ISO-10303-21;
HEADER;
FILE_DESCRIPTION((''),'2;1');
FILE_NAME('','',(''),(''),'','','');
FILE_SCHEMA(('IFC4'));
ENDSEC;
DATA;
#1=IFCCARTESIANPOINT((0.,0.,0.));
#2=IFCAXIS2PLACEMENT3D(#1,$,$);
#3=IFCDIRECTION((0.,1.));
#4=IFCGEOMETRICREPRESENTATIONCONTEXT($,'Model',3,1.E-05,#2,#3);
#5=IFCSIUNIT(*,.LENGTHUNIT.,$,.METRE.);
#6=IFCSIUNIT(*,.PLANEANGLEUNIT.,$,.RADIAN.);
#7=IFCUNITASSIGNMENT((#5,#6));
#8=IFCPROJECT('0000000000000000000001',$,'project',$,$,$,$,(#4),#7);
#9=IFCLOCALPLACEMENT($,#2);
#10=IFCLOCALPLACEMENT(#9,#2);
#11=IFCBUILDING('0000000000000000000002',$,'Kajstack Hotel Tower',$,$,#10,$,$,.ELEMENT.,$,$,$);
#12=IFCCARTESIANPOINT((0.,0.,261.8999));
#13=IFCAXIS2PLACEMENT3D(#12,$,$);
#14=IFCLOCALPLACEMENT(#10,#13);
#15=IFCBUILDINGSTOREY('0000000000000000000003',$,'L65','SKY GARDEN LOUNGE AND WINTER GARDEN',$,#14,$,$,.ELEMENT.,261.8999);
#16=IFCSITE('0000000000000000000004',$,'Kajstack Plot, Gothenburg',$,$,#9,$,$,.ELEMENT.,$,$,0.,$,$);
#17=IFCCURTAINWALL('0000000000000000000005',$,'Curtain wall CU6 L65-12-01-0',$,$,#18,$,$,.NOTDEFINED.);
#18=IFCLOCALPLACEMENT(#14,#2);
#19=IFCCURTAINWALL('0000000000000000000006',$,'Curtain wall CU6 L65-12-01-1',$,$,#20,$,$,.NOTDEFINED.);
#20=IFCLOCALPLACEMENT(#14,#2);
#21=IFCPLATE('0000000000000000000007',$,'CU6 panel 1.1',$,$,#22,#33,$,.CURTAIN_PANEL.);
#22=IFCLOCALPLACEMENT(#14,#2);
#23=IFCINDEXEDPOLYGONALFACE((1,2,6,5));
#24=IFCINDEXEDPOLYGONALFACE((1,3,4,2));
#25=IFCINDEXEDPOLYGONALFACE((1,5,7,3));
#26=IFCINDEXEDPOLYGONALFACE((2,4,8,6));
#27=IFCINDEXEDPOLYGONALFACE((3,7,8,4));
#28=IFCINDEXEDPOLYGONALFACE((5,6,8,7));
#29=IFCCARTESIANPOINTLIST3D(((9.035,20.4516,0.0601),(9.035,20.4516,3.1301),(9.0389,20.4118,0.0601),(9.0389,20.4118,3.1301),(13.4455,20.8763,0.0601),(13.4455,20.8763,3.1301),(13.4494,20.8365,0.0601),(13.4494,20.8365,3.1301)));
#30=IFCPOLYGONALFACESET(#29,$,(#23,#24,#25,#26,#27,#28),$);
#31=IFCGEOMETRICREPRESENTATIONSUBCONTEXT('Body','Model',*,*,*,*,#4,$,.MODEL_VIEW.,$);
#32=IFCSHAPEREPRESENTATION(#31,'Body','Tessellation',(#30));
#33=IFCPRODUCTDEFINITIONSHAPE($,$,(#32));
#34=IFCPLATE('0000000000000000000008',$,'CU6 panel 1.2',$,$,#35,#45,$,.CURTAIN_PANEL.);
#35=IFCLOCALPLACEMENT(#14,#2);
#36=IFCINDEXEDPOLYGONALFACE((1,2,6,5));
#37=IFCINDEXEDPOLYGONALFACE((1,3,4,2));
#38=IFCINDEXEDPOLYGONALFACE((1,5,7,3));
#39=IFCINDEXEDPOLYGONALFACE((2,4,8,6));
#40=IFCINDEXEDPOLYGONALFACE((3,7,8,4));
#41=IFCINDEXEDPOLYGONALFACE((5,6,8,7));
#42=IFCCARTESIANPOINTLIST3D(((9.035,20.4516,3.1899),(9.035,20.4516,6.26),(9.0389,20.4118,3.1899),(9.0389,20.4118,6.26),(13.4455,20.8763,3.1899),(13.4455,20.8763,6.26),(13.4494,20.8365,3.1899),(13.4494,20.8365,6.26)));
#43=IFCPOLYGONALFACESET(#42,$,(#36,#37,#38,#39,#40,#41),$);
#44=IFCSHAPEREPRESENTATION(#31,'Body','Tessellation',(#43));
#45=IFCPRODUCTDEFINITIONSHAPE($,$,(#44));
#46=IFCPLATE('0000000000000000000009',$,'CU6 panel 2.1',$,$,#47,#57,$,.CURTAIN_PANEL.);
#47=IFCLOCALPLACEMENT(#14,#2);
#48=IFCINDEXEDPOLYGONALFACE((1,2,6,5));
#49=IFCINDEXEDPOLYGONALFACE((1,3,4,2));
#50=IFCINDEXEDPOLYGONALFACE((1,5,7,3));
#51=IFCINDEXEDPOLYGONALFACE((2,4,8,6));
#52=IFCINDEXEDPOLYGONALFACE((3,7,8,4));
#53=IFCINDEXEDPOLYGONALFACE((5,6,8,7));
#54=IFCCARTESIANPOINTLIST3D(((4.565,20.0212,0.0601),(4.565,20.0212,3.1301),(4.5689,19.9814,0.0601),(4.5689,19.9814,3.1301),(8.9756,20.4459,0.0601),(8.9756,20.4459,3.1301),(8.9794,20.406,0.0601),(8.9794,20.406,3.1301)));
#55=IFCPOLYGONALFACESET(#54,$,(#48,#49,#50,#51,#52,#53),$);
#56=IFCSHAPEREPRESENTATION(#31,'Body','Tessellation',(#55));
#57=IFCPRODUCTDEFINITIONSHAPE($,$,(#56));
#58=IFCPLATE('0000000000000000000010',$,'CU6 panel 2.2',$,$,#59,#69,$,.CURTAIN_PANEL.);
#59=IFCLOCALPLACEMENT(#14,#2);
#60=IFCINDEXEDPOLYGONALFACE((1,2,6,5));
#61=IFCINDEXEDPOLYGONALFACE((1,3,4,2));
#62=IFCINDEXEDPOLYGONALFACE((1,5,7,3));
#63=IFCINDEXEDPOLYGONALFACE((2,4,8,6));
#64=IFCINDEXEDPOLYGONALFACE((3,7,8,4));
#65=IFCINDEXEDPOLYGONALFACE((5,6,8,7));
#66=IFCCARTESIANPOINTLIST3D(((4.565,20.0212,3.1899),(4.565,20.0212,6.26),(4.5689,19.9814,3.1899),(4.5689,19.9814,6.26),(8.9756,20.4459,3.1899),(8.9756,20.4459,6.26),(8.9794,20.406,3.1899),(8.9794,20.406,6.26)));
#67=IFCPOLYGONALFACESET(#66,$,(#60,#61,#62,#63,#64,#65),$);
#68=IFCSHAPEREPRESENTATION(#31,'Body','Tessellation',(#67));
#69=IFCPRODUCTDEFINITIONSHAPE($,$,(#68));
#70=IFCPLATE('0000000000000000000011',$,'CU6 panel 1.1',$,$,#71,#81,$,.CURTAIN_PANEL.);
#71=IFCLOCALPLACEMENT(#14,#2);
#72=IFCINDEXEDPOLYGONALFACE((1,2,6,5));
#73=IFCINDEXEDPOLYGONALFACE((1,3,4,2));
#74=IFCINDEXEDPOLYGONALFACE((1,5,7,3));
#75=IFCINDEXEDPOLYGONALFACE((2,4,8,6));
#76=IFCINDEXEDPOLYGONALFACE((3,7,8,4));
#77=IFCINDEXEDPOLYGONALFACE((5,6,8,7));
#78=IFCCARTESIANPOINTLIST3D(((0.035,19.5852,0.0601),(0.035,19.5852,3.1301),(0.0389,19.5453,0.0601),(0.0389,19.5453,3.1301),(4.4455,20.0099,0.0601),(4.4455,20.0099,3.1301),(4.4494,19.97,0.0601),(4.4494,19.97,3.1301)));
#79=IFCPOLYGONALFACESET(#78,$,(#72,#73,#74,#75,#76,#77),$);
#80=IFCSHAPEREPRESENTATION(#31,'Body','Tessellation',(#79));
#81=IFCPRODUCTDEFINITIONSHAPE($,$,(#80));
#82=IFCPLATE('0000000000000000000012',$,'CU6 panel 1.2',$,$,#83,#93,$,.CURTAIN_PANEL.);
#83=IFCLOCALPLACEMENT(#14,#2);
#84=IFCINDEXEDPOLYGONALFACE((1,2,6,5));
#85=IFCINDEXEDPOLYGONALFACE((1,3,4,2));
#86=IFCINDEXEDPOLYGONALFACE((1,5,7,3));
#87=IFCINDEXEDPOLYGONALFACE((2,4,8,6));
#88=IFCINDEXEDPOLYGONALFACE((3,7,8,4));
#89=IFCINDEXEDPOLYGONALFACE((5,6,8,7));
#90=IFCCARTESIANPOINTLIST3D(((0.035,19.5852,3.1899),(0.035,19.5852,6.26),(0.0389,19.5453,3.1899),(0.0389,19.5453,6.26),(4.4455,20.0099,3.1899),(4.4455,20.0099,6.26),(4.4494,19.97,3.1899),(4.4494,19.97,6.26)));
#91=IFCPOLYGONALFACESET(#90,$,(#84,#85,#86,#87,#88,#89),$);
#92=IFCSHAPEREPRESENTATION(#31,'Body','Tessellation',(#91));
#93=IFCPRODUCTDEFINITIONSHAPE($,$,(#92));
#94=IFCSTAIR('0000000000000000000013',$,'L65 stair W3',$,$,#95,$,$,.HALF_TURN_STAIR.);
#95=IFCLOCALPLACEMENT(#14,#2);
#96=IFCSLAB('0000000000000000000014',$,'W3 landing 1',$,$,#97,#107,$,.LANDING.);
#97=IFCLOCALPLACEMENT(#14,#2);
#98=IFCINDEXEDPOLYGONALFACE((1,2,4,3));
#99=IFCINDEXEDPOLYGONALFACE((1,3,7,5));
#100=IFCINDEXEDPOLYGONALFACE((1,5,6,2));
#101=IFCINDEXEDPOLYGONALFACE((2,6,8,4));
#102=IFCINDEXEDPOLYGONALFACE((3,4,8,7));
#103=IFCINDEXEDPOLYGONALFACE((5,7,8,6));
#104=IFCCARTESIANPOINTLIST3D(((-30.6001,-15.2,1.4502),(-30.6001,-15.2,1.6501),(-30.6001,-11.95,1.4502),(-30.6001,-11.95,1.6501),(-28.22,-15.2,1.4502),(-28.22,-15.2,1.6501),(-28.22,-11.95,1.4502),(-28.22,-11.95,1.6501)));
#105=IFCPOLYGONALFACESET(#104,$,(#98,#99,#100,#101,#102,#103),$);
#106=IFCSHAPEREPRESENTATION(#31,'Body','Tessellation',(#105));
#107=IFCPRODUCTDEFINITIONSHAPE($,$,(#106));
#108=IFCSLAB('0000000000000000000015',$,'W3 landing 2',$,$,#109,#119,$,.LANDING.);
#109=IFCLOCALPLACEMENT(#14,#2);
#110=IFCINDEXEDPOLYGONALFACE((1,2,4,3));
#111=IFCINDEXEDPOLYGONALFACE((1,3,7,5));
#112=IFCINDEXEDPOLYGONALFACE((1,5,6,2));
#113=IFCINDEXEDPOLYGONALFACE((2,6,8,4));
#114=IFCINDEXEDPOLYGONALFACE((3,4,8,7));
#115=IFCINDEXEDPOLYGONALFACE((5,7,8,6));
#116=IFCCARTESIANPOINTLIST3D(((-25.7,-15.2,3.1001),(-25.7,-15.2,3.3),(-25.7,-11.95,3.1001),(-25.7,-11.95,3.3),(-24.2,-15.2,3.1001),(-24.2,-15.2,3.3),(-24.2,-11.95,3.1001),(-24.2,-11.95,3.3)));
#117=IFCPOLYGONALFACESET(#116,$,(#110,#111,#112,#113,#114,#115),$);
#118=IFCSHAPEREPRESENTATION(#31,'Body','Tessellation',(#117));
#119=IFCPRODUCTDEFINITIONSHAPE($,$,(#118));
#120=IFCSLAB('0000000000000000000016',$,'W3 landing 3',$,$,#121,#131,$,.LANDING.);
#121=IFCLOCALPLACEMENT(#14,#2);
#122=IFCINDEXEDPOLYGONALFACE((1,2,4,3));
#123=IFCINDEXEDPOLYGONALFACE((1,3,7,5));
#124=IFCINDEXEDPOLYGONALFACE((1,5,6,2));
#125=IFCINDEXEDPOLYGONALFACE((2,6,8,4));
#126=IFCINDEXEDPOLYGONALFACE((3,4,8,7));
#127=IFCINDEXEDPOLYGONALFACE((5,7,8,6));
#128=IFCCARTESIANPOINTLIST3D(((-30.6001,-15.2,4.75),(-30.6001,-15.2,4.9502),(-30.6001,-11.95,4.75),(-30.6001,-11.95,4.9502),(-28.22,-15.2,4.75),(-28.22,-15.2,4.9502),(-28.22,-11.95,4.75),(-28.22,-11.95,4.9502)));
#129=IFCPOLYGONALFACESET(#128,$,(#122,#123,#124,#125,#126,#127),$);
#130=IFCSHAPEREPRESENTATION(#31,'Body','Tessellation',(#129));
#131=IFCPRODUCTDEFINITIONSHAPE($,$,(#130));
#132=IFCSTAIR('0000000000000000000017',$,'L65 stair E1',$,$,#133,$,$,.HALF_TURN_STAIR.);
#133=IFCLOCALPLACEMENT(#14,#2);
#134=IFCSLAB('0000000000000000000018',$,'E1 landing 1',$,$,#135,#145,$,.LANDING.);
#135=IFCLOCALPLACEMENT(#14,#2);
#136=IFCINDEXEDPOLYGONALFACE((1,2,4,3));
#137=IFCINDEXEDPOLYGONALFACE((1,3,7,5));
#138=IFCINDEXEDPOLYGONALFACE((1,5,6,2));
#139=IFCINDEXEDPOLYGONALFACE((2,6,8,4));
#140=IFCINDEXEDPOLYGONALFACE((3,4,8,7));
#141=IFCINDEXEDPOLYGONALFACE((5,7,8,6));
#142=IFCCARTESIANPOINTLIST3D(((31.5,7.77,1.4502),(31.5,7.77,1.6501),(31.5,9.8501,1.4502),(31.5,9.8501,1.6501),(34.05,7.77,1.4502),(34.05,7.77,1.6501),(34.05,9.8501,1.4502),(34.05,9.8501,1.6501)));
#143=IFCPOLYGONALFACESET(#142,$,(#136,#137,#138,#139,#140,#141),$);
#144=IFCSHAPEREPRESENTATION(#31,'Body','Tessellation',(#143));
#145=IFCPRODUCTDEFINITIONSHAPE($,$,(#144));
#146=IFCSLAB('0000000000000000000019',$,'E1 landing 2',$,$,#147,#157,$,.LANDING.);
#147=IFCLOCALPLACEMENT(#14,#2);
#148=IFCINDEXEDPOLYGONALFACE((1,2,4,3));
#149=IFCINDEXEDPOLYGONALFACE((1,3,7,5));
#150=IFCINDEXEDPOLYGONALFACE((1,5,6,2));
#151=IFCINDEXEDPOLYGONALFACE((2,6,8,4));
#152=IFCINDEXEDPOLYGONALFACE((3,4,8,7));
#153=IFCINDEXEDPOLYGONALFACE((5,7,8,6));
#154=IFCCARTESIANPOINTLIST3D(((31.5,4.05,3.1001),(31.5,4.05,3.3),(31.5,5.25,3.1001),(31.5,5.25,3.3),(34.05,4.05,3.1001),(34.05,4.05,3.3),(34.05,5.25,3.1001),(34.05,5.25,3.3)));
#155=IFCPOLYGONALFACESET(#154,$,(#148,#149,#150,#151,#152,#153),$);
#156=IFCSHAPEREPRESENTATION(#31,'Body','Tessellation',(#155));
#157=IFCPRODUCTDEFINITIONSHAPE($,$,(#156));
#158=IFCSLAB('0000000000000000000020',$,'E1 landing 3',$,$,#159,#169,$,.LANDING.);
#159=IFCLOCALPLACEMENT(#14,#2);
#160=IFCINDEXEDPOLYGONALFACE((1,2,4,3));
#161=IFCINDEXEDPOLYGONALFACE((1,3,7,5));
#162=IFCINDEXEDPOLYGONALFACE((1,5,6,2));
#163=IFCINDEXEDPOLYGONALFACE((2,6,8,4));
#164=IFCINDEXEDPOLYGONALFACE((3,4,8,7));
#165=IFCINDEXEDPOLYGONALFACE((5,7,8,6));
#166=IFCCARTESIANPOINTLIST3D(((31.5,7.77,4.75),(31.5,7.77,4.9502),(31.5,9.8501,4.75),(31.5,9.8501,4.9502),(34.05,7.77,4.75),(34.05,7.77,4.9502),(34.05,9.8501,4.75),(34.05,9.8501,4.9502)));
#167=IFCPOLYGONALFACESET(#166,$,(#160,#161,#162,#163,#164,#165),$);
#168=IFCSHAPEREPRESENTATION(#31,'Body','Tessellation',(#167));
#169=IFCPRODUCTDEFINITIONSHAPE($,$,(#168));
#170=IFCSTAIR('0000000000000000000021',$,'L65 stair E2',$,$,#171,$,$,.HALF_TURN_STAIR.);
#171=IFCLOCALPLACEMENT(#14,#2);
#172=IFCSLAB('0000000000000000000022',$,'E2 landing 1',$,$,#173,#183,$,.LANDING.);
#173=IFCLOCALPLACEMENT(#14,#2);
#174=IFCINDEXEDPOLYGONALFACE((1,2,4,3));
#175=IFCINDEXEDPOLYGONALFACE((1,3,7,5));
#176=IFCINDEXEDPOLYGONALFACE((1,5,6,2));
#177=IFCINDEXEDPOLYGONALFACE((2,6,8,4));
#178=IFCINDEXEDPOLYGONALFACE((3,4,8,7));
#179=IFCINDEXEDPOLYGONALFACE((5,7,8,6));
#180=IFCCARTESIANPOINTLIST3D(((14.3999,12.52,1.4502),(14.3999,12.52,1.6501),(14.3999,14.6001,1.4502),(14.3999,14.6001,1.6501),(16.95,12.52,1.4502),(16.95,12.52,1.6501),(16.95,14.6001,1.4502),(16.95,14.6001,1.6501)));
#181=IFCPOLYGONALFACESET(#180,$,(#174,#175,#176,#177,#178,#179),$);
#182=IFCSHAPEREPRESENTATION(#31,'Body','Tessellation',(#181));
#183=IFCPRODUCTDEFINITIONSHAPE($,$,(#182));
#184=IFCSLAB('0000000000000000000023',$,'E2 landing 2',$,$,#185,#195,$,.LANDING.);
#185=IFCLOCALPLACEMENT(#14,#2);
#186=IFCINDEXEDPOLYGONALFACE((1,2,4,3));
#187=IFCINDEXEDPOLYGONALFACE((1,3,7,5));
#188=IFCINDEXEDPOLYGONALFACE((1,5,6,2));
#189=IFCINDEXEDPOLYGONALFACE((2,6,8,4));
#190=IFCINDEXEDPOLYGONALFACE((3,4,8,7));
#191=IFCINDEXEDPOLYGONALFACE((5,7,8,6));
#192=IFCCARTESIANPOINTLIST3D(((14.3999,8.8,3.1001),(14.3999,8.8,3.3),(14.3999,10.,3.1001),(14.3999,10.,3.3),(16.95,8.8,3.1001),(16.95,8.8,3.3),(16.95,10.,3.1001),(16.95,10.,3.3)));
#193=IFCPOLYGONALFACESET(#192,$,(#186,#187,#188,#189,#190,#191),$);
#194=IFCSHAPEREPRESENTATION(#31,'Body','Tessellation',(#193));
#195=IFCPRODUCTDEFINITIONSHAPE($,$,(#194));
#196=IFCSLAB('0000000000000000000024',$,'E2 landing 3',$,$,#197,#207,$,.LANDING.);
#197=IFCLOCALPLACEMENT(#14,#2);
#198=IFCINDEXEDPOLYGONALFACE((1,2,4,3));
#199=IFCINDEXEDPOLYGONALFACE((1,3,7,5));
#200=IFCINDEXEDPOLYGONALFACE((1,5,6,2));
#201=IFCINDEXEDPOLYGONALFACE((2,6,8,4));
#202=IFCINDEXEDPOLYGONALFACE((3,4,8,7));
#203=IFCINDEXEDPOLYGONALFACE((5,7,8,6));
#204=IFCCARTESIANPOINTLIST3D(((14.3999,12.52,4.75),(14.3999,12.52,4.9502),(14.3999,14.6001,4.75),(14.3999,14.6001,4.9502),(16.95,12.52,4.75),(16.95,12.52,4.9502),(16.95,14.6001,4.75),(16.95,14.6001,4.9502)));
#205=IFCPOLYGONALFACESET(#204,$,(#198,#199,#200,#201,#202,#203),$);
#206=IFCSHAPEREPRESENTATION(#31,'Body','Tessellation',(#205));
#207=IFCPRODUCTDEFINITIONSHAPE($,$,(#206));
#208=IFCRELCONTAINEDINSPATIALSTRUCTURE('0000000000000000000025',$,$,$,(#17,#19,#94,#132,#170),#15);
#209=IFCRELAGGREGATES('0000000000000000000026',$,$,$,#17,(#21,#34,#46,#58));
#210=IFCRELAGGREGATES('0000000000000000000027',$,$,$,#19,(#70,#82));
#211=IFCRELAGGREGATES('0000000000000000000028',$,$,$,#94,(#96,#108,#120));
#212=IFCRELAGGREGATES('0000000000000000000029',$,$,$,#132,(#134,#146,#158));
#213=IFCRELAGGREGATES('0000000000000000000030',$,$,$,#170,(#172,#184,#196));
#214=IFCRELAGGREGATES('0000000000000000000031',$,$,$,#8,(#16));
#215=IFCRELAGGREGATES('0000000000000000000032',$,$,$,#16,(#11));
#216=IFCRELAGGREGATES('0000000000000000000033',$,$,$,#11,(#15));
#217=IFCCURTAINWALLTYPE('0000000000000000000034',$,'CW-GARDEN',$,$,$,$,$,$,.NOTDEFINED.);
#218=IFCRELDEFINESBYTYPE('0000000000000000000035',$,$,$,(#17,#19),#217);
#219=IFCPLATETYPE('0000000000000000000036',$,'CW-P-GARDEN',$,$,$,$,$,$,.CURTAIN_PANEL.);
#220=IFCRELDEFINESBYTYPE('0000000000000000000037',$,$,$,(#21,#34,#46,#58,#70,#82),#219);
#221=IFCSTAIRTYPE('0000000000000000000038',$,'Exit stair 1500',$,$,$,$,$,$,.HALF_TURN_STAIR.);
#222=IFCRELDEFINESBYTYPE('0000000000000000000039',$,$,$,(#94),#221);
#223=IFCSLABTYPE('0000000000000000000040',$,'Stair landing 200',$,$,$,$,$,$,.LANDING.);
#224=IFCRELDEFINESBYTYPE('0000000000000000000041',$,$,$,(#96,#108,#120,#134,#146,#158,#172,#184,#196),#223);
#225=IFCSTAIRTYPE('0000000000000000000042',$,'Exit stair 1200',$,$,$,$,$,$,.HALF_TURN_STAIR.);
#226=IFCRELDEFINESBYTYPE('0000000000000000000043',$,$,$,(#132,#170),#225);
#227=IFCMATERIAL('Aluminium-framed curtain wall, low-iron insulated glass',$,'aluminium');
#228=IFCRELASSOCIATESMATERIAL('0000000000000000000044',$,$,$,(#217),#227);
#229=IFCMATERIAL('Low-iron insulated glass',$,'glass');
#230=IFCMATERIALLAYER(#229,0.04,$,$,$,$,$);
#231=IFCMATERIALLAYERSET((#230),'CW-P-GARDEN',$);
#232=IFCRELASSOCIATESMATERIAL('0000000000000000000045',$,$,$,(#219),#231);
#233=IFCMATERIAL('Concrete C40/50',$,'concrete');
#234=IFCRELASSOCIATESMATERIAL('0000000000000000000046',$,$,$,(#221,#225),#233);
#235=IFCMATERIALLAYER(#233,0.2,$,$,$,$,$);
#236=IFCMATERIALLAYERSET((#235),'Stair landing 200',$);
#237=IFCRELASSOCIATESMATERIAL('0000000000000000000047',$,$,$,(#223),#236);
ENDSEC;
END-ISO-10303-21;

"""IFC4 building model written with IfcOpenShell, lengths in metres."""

from ifc_helpers import new_model, si_unit, direction, frame, origin, origin_2d, place, context, subcontext, project, spatial, polyline, rectangle, outline, extrude, material, layer, layer_set, type_object, element, aggregate, save


model = new_model("IFC4")

# Units and contexts
model_context = context("Model", 3, precision=1e-05, world=origin(), true_north=direction((0.0, 1.0)))
body_context = subcontext(model_context, "Body", "Model", "MODEL_VIEW")
ifc_project = project(units=[si_unit("LENGTHUNIT", "METRE"), si_unit("PLANEANGLEUNIT", "RADIAN")], contexts=[model_context])

# Site, building, storey
site_placement = place(None, origin())
site = spatial("IfcSite", under=ifc_project, at=site_placement, Name="Kajstack Plot, Gothenburg", CompositionType="ELEMENT", RefElevation=0.0)
building_placement = place(site_placement, origin())
building = spatial("IfcBuilding", under=site, at=building_placement, Name="Kajstack Hotel Tower", CompositionType="ELEMENT")
storey_placement = place(building_placement, frame((0.0, 0.0, 261.8999)))
storey = spatial("IfcBuildingStorey", under=building, at=storey_placement, Name="L65", Description="SKY GARDEN LOUNGE AND WINTER GARDEN", CompositionType="ELEMENT", Elevation=261.8999)

# Shared definitions
ifc_material_1 = material(Name="Concrete C40/50", Category="concrete")

# Curtain walls
ifc_material_2 = material(Name="Aluminium-framed curtain wall, low-iron insulated glass", Category="aluminium")
curtain_wall_type = type_object("IfcCurtainWallType", Name="CW-GARDEN", PredefinedType="NOTDEFINED", material=ifc_material_2)
curtain_wall_1_placement = place(storey_placement, origin())
curtain_wall_1 = element("IfcCurtainWall", 1, at=curtain_wall_1_placement, inside=storey, type_object=curtain_wall_type, Name="Curtain wall CU6 L65-12-01-0", PredefinedType="NOTDEFINED")
curtain_wall_2_placement = place(storey_placement, origin())
curtain_wall_2 = element("IfcCurtainWall", 2, at=curtain_wall_2_placement, inside=storey, type_object=curtain_wall_type, Name="Curtain wall CU6 L65-12-01-1", PredefinedType="NOTDEFINED")

# Plates
ifc_material_3 = material(Name="Low-iron insulated glass", Category="glass")
ifc_layer_1 = layer(ifc_material_3, 0.04)
ifc_layer_set_1 = layer_set([ifc_layer_1], Name="CW-P-GARDEN")
plate_type = type_object("IfcPlateType", Name="CW-P-GARDEN", PredefinedType="CURTAIN_PANEL", material=ifc_layer_set_1)
plate_1_placement = place(storey_placement, frame((11.2422, 20.644, 0.0601), z_axis=(0.0, 0.0, 1.0), x_axis=(-0.995396, -0.095846, 0.0)))
plate_1 = element("IfcPlate", 3, at=plate_1_placement, type_object=plate_type, Name="CU6 panel 1.1", PredefinedType="CURTAIN_PANEL", context=body_context, shape_type="SweptSolid", body=[
    extrude(rectangle(XDim=4.4309, YDim=0.04, at=origin_2d()), origin(), (0.0, 0.0, 1.0), 3.0701),
])
plate_2_placement = place(storey_placement, frame((11.2422, 20.644, 3.1899), z_axis=(0.0, 0.0, 1.0), x_axis=(-0.995396, -0.095846, 0.0)))
plate_2 = element("IfcPlate", 4, at=plate_2_placement, type_object=plate_type, Name="CU6 panel 1.2", PredefinedType="CURTAIN_PANEL", context=body_context, shape_type="SweptSolid", body=[
    extrude(rectangle(XDim=4.4309, YDim=0.04, at=origin_2d()), origin(), (0.0, 0.0, 1.0), 3.0701),
])
plate_3_placement = place(storey_placement, frame((6.7722, 20.2136, 0.0601), z_axis=(0.0, 0.0, 1.0), x_axis=(-0.995396, -0.095846, 0.0)))
plate_3 = element("IfcPlate", 5, at=plate_3_placement, type_object=plate_type, Name="CU6 panel 2.1", PredefinedType="CURTAIN_PANEL", context=body_context, shape_type="SweptSolid", body=[
    extrude(rectangle(XDim=4.4309, YDim=0.04, at=origin_2d()), origin(), (0.0, 0.0, 1.0), 3.0701),
])
plate_4_placement = place(storey_placement, frame((6.7722, 20.2136, 3.1899), z_axis=(0.0, 0.0, 1.0), x_axis=(-0.995396, -0.095846, 0.0)))
plate_4 = element("IfcPlate", 6, at=plate_4_placement, type_object=plate_type, Name="CU6 panel 2.2", PredefinedType="CURTAIN_PANEL", context=body_context, shape_type="SweptSolid", body=[
    extrude(rectangle(XDim=4.4309, YDim=0.04, at=origin_2d()), origin(), (0.0, 0.0, 1.0), 3.0701),
])
aggregate(curtain_wall_1, [plate_1, plate_2, plate_3, plate_4])
plate_5_placement = place(storey_placement, frame((2.2422, 19.7776, 0.0601), z_axis=(0.0, 0.0, 1.0), x_axis=(-0.995396, -0.095846, 0.0)))
plate_5 = element("IfcPlate", 7, at=plate_5_placement, type_object=plate_type, Name="CU6 panel 1.1", PredefinedType="CURTAIN_PANEL", context=body_context, shape_type="SweptSolid", body=[
    extrude(rectangle(XDim=4.4309, YDim=0.04, at=origin_2d()), origin(), (0.0, 0.0, 1.0), 3.0701),
])
plate_6_placement = place(storey_placement, frame((2.2422, 19.7776, 3.1899), z_axis=(0.0, 0.0, 1.0), x_axis=(-0.995396, -0.095846, 0.0)))
plate_6 = element("IfcPlate", 8, at=plate_6_placement, type_object=plate_type, Name="CU6 panel 1.2", PredefinedType="CURTAIN_PANEL", context=body_context, shape_type="SweptSolid", body=[
    extrude(rectangle(XDim=4.4309, YDim=0.04, at=origin_2d()), origin(), (0.0, 0.0, 1.0), 3.0701),
])
aggregate(curtain_wall_2, [plate_5, plate_6])

# Stairs, slabs
stair_type_1 = type_object("IfcStairType", Name="Exit stair 1500", PredefinedType="HALF_TURN_STAIR", material=ifc_material_1)
stair_1_placement = place(storey_placement, origin())
stair_1 = element("IfcStair", 9, at=stair_1_placement, inside=storey, type_object=stair_type_1, Name="L65 stair W3", PredefinedType="HALF_TURN_STAIR")
ifc_layer_2 = layer(ifc_material_1, 0.2)
ifc_layer_set_2 = layer_set([ifc_layer_2], Name="Stair landing 200")
slab_type = type_object("IfcSlabType", Name="Stair landing 200", PredefinedType="LANDING", material=ifc_layer_set_2)
slab_1_placement = place(storey_placement, frame((0.0, 0.0, 1.4502)))
slab_1 = element("IfcSlab", 10, at=slab_1_placement, type_object=slab_type, Name="W3 landing 1", PredefinedType="LANDING", context=body_context, shape_type="SweptSolid", body=[
    extrude(outline(polyline([(-28.22, -11.95), (-30.6001, -11.95), (-30.6001, -15.2), (-28.22, -15.2), (-28.22, -11.95)])), origin(), (0.0, 0.0, 1.0), 0.2),
])
slab_2_placement = place(storey_placement, frame((0.0, 0.0, 3.1001)))
slab_2 = element("IfcSlab", 11, at=slab_2_placement, type_object=slab_type, Name="W3 landing 2", PredefinedType="LANDING", context=body_context, shape_type="SweptSolid", body=[
    extrude(outline(polyline([(-24.2, -11.95), (-25.7, -11.95), (-25.7, -15.2), (-24.2, -15.2), (-24.2, -11.95)])), origin(), (0.0, 0.0, 1.0), 0.2),
])
slab_3_placement = place(storey_placement, frame((0.0, 0.0, 4.75)))
slab_3 = element("IfcSlab", 12, at=slab_3_placement, type_object=slab_type, Name="W3 landing 3", PredefinedType="LANDING", context=body_context, shape_type="SweptSolid", body=[
    extrude(outline(polyline([(-28.22, -11.95), (-30.6001, -11.95), (-30.6001, -15.2), (-28.22, -15.2), (-28.22, -11.95)])), origin(), (0.0, 0.0, 1.0), 0.2002),
])
aggregate(stair_1, [slab_1, slab_2, slab_3])
stair_type_2 = type_object("IfcStairType", Name="Exit stair 1200", PredefinedType="HALF_TURN_STAIR", material=ifc_material_1)
stair_2_placement = place(storey_placement, origin())
stair_2 = element("IfcStair", 13, at=stair_2_placement, inside=storey, type_object=stair_type_2, Name="L65 stair E1", PredefinedType="HALF_TURN_STAIR")
slab_4_placement = place(storey_placement, frame((0.0, 0.0, 1.4502)))
slab_4 = element("IfcSlab", 14, at=slab_4_placement, type_object=slab_type, Name="E1 landing 1", PredefinedType="LANDING", context=body_context, shape_type="SweptSolid", body=[
    extrude(outline(polyline([(34.05, 7.77), (34.05, 9.8501), (31.5, 9.8501), (31.5, 7.77), (34.05, 7.77)])), origin(), (0.0, 0.0, 1.0), 0.2),
])
slab_5_placement = place(storey_placement, frame((0.0, 0.0, 3.1001)))
slab_5 = element("IfcSlab", 15, at=slab_5_placement, type_object=slab_type, Name="E1 landing 2", PredefinedType="LANDING", context=body_context, shape_type="SweptSolid", body=[
    extrude(outline(polyline([(34.05, 4.05), (34.05, 5.25), (31.5, 5.25), (31.5, 4.05), (34.05, 4.05)])), origin(), (0.0, 0.0, 1.0), 0.2),
])
slab_6_placement = place(storey_placement, frame((0.0, 0.0, 4.75)))
slab_6 = element("IfcSlab", 16, at=slab_6_placement, type_object=slab_type, Name="E1 landing 3", PredefinedType="LANDING", context=body_context, shape_type="SweptSolid", body=[
    extrude(outline(polyline([(34.05, 7.77), (34.05, 9.8501), (31.5, 9.8501), (31.5, 7.77), (34.05, 7.77)])), origin(), (0.0, 0.0, 1.0), 0.2002),
])
aggregate(stair_2, [slab_4, slab_5, slab_6])
stair_3_placement = place(storey_placement, origin())
stair_3 = element("IfcStair", 17, at=stair_3_placement, inside=storey, type_object=stair_type_2, Name="L65 stair E2", PredefinedType="HALF_TURN_STAIR")
slab_7_placement = place(storey_placement, frame((0.0, 0.0, 1.4502)))
slab_7 = element("IfcSlab", 18, at=slab_7_placement, type_object=slab_type, Name="E2 landing 1", PredefinedType="LANDING", context=body_context, shape_type="SweptSolid", body=[
    extrude(outline(polyline([(16.95, 12.52), (16.95, 14.6001), (14.3999, 14.6001), (14.3999, 12.52), (16.95, 12.52)])), origin(), (0.0, 0.0, 1.0), 0.2),
])
slab_8_placement = place(storey_placement, frame((0.0, 0.0, 3.1001)))
slab_8 = element("IfcSlab", 19, at=slab_8_placement, type_object=slab_type, Name="E2 landing 2", PredefinedType="LANDING", context=body_context, shape_type="SweptSolid", body=[
    extrude(outline(polyline([(16.95, 8.8), (16.95, 10.0), (14.3999, 10.0), (14.3999, 8.8), (16.95, 8.8)])), origin(), (0.0, 0.0, 1.0), 0.2),
])
slab_9_placement = place(storey_placement, frame((0.0, 0.0, 4.75)))
slab_9 = element("IfcSlab", 20, at=slab_9_placement, type_object=slab_type, Name="E2 landing 3", PredefinedType="LANDING", context=body_context, shape_type="SweptSolid", body=[
    extrude(outline(polyline([(16.95, 12.52), (16.95, 14.6001), (14.3999, 14.6001), (14.3999, 12.52), (16.95, 12.52)])), origin(), (0.0, 0.0, 1.0), 0.2002),
])
aggregate(stair_3, [slab_7, slab_8, slab_9])

save(model, "model.ifc")
